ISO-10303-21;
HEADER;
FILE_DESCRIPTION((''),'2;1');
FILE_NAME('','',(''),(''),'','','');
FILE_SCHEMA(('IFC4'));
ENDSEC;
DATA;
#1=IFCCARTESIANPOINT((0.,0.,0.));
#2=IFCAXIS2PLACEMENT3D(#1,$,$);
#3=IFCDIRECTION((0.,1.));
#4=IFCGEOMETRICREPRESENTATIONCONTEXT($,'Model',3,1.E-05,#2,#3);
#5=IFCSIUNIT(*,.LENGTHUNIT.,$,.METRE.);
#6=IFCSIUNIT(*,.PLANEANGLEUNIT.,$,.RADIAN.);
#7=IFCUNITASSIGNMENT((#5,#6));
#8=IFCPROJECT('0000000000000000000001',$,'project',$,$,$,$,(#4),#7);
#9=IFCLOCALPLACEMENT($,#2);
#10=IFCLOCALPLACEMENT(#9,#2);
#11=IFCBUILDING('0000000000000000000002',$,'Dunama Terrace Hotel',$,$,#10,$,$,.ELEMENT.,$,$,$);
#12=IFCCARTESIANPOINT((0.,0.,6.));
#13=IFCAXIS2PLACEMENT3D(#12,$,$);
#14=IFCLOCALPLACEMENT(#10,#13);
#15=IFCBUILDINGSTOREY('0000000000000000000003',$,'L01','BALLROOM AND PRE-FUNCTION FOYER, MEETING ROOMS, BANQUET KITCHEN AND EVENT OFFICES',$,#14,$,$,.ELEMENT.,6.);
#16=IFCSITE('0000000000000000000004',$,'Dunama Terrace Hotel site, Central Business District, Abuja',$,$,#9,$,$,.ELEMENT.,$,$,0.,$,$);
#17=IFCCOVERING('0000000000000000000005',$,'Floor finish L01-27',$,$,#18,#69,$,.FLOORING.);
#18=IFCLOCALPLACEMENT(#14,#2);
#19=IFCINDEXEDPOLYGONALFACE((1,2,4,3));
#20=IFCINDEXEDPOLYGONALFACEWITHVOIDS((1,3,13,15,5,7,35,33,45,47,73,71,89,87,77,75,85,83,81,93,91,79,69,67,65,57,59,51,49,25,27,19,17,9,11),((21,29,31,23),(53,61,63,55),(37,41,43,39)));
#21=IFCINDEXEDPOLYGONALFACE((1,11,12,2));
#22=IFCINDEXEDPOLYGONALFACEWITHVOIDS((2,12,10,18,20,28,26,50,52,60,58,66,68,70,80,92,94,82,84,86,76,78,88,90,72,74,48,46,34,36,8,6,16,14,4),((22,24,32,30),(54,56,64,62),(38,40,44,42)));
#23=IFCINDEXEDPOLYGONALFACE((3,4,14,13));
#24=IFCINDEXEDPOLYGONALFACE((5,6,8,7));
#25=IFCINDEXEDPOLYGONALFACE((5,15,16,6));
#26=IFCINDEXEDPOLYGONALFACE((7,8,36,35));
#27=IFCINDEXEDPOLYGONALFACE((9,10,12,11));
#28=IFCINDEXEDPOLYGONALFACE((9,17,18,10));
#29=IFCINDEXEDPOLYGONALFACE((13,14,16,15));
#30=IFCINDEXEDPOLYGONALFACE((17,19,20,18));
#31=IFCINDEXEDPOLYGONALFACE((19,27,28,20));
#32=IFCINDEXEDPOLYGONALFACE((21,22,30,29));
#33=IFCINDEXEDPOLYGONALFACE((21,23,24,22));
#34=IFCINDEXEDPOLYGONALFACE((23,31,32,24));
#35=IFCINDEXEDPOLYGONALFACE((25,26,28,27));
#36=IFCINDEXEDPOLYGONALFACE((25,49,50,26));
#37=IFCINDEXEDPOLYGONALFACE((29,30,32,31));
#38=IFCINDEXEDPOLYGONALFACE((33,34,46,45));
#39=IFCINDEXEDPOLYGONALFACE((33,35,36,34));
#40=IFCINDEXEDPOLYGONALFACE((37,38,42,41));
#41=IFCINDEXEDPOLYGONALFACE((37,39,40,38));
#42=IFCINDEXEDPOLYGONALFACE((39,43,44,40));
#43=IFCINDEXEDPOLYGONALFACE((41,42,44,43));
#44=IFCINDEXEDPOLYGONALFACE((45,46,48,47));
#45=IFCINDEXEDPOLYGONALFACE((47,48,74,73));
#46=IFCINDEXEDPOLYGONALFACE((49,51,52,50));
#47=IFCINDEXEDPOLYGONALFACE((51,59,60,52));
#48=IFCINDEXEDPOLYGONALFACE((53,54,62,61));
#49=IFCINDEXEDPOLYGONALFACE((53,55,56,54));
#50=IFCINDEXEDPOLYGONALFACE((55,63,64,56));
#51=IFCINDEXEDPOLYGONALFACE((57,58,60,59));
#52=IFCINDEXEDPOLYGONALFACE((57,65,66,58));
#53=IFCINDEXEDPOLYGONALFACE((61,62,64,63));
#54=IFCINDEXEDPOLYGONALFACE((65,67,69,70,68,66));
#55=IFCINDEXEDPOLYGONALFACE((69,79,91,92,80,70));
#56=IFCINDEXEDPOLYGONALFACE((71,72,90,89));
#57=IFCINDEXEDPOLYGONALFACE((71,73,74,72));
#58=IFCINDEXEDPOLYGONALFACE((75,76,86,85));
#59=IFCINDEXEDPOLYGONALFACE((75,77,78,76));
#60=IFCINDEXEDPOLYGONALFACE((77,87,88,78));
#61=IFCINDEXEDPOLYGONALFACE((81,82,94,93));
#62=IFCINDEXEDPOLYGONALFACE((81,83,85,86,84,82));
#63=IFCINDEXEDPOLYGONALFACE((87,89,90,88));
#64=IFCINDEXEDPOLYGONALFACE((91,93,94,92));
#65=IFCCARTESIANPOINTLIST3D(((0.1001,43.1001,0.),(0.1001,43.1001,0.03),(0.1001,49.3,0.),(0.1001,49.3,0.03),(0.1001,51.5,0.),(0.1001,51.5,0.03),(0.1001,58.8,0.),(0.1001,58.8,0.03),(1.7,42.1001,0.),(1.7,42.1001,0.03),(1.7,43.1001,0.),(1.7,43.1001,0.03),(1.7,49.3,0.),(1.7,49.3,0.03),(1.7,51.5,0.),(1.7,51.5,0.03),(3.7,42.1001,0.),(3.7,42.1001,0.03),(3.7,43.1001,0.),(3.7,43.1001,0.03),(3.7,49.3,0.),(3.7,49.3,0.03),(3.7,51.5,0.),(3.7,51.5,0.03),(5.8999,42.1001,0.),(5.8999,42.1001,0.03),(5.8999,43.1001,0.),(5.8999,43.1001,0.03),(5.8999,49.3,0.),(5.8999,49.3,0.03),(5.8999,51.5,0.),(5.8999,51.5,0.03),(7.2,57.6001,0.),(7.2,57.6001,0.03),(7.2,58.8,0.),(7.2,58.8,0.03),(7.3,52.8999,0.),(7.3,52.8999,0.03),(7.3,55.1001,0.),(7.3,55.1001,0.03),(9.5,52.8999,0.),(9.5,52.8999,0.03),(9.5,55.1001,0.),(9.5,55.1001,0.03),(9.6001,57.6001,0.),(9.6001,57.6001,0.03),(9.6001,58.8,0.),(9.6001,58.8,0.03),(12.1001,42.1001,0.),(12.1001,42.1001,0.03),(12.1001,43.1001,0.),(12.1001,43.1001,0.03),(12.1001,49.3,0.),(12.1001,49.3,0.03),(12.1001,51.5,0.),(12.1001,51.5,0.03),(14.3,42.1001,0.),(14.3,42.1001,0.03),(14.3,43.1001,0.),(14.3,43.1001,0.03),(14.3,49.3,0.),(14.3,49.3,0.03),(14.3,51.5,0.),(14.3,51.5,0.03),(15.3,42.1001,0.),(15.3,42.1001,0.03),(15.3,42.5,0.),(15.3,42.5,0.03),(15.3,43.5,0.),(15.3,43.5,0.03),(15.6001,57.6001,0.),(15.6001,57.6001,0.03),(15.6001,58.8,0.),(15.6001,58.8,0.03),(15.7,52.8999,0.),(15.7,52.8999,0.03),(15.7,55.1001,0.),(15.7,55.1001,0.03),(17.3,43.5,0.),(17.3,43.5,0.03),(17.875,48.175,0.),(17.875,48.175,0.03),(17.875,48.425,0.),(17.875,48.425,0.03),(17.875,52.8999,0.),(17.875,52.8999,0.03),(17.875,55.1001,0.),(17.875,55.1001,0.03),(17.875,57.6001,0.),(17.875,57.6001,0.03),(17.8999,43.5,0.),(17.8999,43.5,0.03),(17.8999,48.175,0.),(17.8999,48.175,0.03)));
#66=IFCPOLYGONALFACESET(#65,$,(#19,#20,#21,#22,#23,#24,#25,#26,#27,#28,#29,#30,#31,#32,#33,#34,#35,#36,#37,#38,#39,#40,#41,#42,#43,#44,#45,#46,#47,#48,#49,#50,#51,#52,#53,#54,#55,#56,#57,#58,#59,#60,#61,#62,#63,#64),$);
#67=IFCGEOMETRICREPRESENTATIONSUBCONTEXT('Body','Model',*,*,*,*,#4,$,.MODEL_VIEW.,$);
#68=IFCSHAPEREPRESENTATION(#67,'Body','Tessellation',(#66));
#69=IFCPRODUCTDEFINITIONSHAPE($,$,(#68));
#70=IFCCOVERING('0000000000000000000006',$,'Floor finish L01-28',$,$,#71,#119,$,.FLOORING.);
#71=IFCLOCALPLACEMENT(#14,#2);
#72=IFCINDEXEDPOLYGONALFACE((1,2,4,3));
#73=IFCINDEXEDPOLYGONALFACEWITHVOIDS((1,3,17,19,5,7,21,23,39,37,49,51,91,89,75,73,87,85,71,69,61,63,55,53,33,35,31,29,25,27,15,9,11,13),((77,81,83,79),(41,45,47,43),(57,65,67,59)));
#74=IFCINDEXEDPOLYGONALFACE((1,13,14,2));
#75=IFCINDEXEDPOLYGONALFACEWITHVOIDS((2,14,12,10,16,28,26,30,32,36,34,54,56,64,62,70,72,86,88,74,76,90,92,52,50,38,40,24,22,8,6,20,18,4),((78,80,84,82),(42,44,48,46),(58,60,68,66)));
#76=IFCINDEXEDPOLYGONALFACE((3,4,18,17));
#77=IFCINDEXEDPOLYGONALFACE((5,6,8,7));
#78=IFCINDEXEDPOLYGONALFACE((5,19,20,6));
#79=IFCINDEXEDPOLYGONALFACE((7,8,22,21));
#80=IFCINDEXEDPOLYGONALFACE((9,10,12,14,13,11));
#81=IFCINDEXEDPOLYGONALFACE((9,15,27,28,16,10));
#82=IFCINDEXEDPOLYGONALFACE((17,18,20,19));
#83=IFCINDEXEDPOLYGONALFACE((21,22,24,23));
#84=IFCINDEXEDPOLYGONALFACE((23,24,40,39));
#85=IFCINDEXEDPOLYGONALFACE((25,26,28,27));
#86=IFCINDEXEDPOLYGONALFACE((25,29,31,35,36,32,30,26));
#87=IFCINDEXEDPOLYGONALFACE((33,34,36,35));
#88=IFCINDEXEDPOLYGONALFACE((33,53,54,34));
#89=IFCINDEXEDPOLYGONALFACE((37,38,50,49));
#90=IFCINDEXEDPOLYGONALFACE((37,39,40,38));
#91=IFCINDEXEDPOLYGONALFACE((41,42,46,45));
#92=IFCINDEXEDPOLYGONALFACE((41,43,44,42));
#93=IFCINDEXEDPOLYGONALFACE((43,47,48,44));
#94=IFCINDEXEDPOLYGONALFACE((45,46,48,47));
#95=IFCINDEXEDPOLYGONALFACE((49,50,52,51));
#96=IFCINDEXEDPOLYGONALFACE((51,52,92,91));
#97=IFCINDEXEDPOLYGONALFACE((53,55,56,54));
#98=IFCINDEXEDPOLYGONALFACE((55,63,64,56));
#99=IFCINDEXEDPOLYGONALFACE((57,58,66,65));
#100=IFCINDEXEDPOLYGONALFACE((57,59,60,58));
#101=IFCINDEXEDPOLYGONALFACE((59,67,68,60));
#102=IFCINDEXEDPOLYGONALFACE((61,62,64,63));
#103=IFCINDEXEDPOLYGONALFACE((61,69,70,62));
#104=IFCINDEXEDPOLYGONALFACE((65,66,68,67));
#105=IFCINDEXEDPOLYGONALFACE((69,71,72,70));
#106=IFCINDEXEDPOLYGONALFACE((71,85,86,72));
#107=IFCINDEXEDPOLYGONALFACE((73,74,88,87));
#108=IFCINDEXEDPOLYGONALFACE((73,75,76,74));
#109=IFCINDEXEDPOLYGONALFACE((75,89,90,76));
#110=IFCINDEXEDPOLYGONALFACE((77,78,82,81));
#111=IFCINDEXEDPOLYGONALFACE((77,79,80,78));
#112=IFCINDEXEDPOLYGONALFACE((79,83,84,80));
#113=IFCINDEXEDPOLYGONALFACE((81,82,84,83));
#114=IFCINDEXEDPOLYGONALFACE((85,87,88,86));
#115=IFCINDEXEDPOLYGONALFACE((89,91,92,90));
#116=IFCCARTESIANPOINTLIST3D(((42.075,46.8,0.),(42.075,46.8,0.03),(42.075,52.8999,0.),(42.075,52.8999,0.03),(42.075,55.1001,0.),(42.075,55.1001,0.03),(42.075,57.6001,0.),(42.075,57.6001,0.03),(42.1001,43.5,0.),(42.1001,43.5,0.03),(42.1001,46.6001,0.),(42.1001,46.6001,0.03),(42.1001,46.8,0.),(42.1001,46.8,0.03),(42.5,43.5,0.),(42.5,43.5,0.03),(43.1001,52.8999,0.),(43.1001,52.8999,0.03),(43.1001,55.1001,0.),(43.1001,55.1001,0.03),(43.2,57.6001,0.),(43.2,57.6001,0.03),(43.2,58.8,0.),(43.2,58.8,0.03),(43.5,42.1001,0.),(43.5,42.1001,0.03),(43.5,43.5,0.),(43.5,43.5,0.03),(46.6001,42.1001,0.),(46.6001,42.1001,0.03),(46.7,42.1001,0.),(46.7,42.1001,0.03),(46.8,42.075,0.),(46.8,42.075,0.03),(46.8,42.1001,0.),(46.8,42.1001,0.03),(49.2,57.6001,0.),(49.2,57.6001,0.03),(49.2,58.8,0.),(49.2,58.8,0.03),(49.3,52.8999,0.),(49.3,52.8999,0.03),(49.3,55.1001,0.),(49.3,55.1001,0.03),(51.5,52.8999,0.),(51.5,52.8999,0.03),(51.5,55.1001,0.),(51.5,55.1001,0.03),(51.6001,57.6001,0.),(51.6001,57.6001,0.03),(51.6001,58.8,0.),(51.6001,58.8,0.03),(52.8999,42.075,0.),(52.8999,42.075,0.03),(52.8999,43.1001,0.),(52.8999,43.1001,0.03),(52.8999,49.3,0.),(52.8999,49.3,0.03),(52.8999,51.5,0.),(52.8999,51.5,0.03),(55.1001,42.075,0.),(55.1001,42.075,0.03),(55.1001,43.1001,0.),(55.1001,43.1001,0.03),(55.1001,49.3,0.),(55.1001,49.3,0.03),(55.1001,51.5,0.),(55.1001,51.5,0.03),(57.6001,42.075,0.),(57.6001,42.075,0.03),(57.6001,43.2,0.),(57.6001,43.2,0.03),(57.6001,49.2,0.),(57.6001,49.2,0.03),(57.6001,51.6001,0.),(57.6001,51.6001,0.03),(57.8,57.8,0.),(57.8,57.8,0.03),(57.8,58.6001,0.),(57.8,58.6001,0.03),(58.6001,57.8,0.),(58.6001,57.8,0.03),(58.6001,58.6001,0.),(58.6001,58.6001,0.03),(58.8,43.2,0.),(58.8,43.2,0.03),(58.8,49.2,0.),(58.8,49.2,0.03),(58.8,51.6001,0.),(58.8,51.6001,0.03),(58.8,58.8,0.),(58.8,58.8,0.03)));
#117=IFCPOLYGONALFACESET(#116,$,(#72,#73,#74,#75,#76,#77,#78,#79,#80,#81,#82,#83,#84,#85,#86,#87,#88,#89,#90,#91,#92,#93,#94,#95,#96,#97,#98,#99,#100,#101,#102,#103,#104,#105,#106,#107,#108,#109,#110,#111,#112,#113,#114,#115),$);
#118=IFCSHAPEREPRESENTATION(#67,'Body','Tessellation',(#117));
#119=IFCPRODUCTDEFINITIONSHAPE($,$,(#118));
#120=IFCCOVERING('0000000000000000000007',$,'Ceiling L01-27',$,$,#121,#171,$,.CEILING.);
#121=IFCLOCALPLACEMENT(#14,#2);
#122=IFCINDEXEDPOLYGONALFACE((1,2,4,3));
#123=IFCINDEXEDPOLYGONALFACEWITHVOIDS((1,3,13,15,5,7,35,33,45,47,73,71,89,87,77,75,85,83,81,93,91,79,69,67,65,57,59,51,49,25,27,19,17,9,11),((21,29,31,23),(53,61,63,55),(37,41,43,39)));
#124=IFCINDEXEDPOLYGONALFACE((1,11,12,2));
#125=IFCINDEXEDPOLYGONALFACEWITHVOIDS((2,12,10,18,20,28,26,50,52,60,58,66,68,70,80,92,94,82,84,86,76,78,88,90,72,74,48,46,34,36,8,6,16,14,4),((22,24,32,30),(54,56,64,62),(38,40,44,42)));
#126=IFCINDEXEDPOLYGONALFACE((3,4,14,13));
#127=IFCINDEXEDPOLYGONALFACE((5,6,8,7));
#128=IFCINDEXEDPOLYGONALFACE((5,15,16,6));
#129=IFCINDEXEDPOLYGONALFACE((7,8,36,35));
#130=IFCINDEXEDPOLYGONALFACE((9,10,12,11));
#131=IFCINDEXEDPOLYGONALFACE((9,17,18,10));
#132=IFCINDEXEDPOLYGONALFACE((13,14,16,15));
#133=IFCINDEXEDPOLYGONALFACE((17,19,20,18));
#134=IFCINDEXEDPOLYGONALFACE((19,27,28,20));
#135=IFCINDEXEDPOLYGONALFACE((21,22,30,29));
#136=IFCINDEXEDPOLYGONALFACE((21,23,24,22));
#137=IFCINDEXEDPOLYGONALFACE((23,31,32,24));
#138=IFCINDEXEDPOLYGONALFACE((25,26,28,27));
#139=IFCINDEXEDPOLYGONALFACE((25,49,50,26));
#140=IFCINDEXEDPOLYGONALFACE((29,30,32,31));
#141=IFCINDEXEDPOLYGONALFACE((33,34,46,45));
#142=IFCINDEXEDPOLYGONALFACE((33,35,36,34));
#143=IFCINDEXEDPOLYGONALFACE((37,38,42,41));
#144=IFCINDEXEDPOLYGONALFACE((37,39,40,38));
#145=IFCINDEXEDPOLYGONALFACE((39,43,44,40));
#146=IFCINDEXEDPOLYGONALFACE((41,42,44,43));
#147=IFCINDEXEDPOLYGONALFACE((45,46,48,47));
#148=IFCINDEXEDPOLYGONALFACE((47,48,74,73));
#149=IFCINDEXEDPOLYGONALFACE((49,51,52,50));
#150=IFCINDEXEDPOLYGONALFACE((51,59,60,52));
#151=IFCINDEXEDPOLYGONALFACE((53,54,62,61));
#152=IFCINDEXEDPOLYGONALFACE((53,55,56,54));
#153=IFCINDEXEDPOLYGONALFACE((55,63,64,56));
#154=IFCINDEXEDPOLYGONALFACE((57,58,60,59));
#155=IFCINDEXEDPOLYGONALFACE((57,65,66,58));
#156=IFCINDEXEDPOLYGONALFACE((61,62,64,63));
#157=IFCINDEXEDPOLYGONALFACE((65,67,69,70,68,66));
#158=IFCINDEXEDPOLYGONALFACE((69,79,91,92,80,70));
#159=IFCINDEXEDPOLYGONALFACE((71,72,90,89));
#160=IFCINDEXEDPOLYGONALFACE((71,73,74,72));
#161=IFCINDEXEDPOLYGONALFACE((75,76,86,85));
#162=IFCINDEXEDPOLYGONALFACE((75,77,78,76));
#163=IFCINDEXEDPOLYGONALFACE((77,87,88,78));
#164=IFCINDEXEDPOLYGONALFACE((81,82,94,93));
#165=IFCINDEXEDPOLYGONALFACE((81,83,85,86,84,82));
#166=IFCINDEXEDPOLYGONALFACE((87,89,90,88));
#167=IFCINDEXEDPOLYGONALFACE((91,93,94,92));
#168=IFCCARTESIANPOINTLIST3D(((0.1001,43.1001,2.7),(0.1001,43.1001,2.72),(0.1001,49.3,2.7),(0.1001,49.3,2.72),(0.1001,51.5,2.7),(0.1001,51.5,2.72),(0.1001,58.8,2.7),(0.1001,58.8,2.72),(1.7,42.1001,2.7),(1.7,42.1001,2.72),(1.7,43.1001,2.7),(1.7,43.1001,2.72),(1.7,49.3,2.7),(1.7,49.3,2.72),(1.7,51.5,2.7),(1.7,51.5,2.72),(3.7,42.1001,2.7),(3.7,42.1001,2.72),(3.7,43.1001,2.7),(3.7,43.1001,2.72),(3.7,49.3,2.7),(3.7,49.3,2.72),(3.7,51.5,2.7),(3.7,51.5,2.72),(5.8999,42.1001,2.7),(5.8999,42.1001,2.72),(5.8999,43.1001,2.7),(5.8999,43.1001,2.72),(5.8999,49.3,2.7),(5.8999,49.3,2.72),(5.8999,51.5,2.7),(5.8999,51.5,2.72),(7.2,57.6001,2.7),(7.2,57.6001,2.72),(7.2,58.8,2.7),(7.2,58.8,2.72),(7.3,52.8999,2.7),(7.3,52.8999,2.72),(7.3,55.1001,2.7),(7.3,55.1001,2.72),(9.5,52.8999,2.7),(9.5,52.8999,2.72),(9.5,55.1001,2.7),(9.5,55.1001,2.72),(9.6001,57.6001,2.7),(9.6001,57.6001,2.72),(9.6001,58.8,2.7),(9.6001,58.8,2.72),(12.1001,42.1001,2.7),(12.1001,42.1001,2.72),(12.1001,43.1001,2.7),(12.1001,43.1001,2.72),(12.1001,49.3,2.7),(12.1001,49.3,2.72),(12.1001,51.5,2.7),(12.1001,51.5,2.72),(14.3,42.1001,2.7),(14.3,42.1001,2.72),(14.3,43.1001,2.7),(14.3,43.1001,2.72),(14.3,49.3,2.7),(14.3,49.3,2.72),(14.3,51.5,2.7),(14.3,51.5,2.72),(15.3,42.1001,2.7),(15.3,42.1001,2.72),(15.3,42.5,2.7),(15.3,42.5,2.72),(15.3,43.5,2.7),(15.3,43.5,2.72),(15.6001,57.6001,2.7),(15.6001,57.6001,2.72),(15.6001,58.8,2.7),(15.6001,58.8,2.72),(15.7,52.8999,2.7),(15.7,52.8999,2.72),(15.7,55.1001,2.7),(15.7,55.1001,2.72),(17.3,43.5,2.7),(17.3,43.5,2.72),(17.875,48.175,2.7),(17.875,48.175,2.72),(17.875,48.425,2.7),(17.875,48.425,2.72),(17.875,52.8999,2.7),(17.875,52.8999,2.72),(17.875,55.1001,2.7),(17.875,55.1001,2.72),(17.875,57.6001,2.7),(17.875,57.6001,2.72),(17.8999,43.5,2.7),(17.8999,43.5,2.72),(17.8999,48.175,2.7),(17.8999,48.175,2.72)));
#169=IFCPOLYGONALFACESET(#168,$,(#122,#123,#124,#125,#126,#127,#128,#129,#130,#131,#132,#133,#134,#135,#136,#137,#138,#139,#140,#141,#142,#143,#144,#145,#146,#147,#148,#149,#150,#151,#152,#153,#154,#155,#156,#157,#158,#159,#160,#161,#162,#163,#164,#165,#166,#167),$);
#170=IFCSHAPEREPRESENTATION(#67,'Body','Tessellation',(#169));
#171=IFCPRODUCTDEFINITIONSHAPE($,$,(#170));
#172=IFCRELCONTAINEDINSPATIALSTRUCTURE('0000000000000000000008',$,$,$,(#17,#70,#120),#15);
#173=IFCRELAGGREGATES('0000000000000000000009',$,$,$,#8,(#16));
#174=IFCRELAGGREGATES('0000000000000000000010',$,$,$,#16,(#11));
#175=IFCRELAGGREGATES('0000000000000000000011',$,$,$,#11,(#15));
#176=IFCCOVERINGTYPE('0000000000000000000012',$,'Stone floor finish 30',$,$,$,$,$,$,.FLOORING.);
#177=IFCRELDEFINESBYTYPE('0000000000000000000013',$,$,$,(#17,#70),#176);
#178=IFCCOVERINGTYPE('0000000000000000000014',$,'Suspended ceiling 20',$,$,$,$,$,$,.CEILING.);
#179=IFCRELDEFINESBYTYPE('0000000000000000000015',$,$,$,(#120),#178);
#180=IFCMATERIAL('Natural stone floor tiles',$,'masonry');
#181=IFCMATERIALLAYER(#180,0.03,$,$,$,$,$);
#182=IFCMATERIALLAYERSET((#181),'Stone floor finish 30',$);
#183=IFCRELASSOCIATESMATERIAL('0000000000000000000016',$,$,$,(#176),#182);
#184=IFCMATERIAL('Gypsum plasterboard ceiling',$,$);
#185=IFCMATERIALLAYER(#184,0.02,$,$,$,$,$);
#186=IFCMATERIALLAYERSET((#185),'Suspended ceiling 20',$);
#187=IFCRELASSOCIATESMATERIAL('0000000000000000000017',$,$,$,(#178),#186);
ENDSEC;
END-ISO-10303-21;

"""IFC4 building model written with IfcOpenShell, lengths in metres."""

from ifc_helpers import new_model, si_unit, direction, frame, origin, place, context, subcontext, project, spatial, polyline, outline, extrude, material, layer, layer_set, type_object, element, save


model = new_model("IFC4")

# Units and contexts
model_context = context("Model", 3, precision=1e-05, world=origin(), true_north=direction((0.0, 1.0)))
body_context = subcontext(model_context, "Body", "Model", "MODEL_VIEW")
ifc_project = project(units=[si_unit("LENGTHUNIT", "METRE"), si_unit("PLANEANGLEUNIT", "RADIAN")], contexts=[model_context])

# Site, building, storey
site_placement = place(None, origin())
site = spatial("IfcSite", under=ifc_project, at=site_placement, Name="Dunama Terrace Hotel site, Central Business District, Abuja", CompositionType="ELEMENT", RefElevation=0.0)
building_placement = place(site_placement, origin())
building = spatial("IfcBuilding", under=site, at=building_placement, Name="Dunama Terrace Hotel", CompositionType="ELEMENT")
storey_placement = place(building_placement, frame((0.0, 0.0, 6.0)))
storey = spatial("IfcBuildingStorey", under=building, at=storey_placement, Name="L01", Description="BALLROOM AND PRE-FUNCTION FOYER, MEETING ROOMS, BANQUET KITCHEN AND EVENT OFFICES", CompositionType="ELEMENT", Elevation=6.0)

# Coverings
ifc_material_1 = material(Name="Natural stone floor tiles", Category="masonry")
ifc_layer_1 = layer(ifc_material_1, 0.03)
ifc_layer_set_1 = layer_set([ifc_layer_1], Name="Stone floor finish 30")
covering_type_1 = type_object("IfcCoveringType", Name="Stone floor finish 30", PredefinedType="FLOORING", material=ifc_layer_set_1)
covering_1_placement = place(storey_placement, origin())
element("IfcCovering", 1, at=covering_1_placement, inside=storey, type_object=covering_type_1, Name="Floor finish L01-27", PredefinedType="FLOORING", context=body_context, shape_type="SweptSolid", body=[
    extrude(outline(polyline([(7.2, 58.8), (0.1001, 58.8), (0.1001, 51.5), (1.7, 51.5), (1.7, 49.3), (0.1001, 49.3), (0.1001, 43.1001), (1.7, 43.1001), (1.7, 42.1001), (3.7, 42.1001), (3.7, 43.1001), (5.8999, 43.1001), (5.8999, 42.1001), (12.1001, 42.1001), (12.1001, 43.1001), (14.3, 43.1001), (14.3, 42.1001), (15.3, 42.1001), (15.3, 42.5), (15.3, 43.5), (17.3, 43.5), (17.8999, 43.5), (17.8999, 48.175), (17.875, 48.175), (17.875, 48.425), (17.875, 52.8999), (15.7, 52.8999), (15.7, 55.1001), (17.875, 55.1001), (17.875, 57.6001), (15.6001, 57.6001), (15.6001, 58.8), (9.6001, 58.8), (9.6001, 57.6001), (7.2, 57.6001), (7.2, 58.8)]), holes=[polyline([(5.8999, 51.5), (5.8999, 49.3), (3.7, 49.3), (3.7, 51.5), (5.8999, 51.5)]), polyline([(14.3, 51.5), (14.3, 49.3), (12.1001, 49.3), (12.1001, 51.5), (14.3, 51.5)]), polyline([(9.5, 55.1001), (9.5, 52.8999), (7.3, 52.8999), (7.3, 55.1001), (9.5, 55.1001)])]), origin(), (0.0, 0.0, 1.0), 0.03),
])
covering_2_placement = place(storey_placement, origin())
element("IfcCovering", 2, at=covering_2_placement, inside=storey, type_object=covering_type_1, Name="Floor finish L01-28", PredefinedType="FLOORING", context=body_context, shape_type="SweptSolid", body=[
    extrude(outline(polyline([(49.2, 58.8), (43.2, 58.8), (43.2, 57.6001), (42.075, 57.6001), (42.075, 55.1001), (43.1001, 55.1001), (43.1001, 52.8999), (42.075, 52.8999), (42.075, 46.8), (42.1001, 46.8), (42.1001, 46.6001), (42.1001, 43.5), (42.5, 43.5), (43.5, 43.5), (43.5, 42.1001), (46.6001, 42.1001), (46.7, 42.1001), (46.8, 42.1001), (46.8, 42.075), (52.8999, 42.075), (52.8999, 43.1001), (55.1001, 43.1001), (55.1001, 42.075), (57.6001, 42.075), (57.6001, 43.2), (58.8, 43.2), (58.8, 49.2), (57.6001, 49.2), (57.6001, 51.6001), (58.8, 51.6001), (58.8, 58.8), (51.6001, 58.8), (51.6001, 57.6001), (49.2, 57.6001), (49.2, 58.8)]), holes=[polyline([(55.1001, 51.5), (55.1001, 49.3), (52.8999, 49.3), (52.8999, 51.5), (55.1001, 51.5)]), polyline([(51.5, 55.1001), (51.5, 52.8999), (49.3, 52.8999), (49.3, 55.1001), (51.5, 55.1001)]), polyline([(58.6001, 58.6001), (58.6001, 57.8), (57.8, 57.8), (57.8, 58.6001), (58.6001, 58.6001)])]), origin(), (0.0, 0.0, 1.0), 0.03),
])
ifc_material_2 = material(Name="Gypsum plasterboard ceiling")
ifc_layer_2 = layer(ifc_material_2, 0.02)
ifc_layer_set_2 = layer_set([ifc_layer_2], Name="Suspended ceiling 20")
covering_type_2 = type_object("IfcCoveringType", Name="Suspended ceiling 20", PredefinedType="CEILING", material=ifc_layer_set_2)
covering_3_placement = place(storey_placement, frame((0.0, 0.0, 2.7)))
element("IfcCovering", 3, at=covering_3_placement, inside=storey, type_object=covering_type_2, Name="Ceiling L01-27", PredefinedType="CEILING", context=body_context, shape_type="SweptSolid", body=[
    extrude(outline(polyline([(7.2, 57.6001), (7.2, 58.8), (0.1001, 58.8), (0.1001, 51.5), (1.7, 51.5), (1.7, 49.3), (0.1001, 49.3), (0.1001, 43.1001), (1.7, 43.1001), (1.7, 42.1001), (3.7, 42.1001), (3.7, 43.1001), (5.8999, 43.1001), (5.8999, 42.1001), (12.1001, 42.1001), (12.1001, 43.1001), (14.3, 43.1001), (14.3, 42.1001), (15.3, 42.1001), (15.3, 42.5), (15.3, 43.5), (17.3, 43.5), (17.8999, 43.5), (17.8999, 48.175), (17.875, 48.175), (17.875, 48.425), (17.875, 52.8999), (15.7, 52.8999), (15.7, 55.1001), (17.875, 55.1001), (17.875, 57.6001), (15.6001, 57.6001), (15.6001, 58.8), (9.6001, 58.8), (9.6001, 57.6001), (7.2, 57.6001)]), holes=[polyline([(3.7, 51.5), (5.8999, 51.5), (5.8999, 49.3), (3.7, 49.3), (3.7, 51.5)]), polyline([(12.1001, 51.5), (14.3, 51.5), (14.3, 49.3), (12.1001, 49.3), (12.1001, 51.5)]), polyline([(7.3, 55.1001), (9.5, 55.1001), (9.5, 52.8999), (7.3, 52.8999), (7.3, 55.1001)])]), origin(), (0.0, 0.0, 1.0), 0.02),
])

save(model, "model.ifc")
